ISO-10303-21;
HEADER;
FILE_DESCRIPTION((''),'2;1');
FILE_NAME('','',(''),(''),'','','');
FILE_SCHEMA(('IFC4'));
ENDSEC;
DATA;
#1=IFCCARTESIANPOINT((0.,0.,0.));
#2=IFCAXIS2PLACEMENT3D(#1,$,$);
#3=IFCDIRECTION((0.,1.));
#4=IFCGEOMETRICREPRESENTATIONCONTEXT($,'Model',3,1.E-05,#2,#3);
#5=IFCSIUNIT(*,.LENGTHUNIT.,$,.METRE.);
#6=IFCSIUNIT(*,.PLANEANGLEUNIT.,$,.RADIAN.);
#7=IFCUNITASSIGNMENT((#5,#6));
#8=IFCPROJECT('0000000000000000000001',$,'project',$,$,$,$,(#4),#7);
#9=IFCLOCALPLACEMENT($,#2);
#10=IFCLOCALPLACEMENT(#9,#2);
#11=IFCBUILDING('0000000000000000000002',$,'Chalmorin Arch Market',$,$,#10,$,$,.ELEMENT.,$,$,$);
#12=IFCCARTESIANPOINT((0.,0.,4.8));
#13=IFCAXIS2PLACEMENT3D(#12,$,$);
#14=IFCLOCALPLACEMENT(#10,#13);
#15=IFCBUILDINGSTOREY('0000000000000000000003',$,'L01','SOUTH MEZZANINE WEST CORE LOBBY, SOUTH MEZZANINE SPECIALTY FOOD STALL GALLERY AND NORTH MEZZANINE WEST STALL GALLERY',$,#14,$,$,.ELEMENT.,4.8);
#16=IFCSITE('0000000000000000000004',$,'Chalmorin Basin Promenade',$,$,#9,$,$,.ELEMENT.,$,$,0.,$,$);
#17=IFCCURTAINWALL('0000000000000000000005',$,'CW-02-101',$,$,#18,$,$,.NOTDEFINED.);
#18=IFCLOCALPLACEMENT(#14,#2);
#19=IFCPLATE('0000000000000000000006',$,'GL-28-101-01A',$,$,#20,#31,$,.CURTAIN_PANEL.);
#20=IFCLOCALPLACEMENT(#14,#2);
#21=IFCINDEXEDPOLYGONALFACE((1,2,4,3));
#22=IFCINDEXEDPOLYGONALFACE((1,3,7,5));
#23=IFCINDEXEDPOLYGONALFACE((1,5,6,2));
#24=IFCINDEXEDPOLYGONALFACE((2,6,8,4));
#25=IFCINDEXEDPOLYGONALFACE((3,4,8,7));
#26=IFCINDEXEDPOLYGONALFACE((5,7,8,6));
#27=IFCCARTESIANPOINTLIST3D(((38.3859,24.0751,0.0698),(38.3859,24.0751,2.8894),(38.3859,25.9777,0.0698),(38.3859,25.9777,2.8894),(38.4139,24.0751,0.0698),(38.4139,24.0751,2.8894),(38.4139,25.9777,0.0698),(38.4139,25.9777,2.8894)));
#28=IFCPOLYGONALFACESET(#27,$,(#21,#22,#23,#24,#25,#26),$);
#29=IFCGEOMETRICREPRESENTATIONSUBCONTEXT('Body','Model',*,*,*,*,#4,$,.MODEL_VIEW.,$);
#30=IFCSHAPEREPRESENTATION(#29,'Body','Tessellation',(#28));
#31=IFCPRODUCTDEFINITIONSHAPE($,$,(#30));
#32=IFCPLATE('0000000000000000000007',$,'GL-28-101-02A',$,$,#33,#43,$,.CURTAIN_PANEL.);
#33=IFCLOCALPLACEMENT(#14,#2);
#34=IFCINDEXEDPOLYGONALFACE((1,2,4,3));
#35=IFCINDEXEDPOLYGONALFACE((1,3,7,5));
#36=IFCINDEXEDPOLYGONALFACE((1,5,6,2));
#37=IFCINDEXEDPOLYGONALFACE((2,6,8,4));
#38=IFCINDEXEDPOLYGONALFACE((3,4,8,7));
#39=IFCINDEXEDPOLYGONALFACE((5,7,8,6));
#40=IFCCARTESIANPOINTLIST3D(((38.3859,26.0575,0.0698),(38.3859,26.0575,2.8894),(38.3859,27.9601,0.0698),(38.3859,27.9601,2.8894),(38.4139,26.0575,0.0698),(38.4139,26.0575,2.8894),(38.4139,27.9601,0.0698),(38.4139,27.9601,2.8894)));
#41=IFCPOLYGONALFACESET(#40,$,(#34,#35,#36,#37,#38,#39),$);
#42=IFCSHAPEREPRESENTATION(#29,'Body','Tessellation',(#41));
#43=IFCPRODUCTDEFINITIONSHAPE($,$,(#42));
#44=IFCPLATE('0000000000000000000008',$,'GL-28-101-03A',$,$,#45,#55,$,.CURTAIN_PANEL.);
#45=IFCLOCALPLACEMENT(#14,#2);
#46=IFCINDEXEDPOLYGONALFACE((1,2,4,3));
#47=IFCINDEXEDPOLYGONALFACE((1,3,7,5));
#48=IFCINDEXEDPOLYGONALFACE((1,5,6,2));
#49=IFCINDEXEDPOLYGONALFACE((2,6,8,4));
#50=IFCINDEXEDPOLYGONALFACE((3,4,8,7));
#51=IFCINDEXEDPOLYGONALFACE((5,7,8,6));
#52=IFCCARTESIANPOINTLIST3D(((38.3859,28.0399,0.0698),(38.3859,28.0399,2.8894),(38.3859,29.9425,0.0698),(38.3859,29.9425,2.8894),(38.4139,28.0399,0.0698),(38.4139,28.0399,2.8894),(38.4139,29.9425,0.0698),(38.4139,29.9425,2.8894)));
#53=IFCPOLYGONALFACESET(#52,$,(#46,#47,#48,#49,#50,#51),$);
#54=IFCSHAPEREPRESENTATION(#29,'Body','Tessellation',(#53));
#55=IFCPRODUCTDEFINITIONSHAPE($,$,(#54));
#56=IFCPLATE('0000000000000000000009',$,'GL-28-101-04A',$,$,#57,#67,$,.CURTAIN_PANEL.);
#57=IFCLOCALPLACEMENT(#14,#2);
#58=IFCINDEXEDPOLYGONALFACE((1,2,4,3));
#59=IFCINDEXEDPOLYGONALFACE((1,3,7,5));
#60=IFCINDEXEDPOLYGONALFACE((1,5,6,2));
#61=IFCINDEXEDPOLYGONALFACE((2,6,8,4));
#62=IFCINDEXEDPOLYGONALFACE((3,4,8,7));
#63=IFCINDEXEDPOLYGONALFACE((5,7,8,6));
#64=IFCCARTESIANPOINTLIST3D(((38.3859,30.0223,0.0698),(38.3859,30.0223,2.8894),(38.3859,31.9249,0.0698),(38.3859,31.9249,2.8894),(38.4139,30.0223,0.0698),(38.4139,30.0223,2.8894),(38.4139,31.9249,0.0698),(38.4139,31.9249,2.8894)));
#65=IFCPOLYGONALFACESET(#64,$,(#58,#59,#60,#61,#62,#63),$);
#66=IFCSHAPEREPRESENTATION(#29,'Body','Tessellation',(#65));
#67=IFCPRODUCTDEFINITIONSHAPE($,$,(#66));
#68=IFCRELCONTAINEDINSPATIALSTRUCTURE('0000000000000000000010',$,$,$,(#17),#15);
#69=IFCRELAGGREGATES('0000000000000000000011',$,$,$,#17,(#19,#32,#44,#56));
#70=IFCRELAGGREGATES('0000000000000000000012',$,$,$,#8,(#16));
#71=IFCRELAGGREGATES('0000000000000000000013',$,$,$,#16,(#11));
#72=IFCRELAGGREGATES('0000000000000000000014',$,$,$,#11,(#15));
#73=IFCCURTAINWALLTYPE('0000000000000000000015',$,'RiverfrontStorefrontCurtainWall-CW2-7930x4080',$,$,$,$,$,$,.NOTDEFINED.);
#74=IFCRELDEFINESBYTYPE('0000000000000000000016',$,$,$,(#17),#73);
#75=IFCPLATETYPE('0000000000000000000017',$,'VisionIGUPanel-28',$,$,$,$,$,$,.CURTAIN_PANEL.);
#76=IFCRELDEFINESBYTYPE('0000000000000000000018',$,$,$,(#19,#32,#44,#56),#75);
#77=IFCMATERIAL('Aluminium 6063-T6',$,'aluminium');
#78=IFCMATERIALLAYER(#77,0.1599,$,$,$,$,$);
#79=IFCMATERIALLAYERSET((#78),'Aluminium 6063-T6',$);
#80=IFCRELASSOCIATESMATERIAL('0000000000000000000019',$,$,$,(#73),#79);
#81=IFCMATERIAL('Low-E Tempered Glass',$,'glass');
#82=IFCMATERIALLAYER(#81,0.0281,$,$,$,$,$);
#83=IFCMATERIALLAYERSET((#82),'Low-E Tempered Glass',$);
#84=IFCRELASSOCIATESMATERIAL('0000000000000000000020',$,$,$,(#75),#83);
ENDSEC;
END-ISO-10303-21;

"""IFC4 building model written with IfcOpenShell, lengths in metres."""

from ifc_helpers import new_model, si_unit, direction, frame, origin, origin_2d, place, context, subcontext, project, spatial, rectangle, extrude, material, layer, layer_set, type_object, element, aggregate, save


model = new_model("IFC4")

# Units and contexts
model_context = context("Model", 3, precision=1e-05, world=origin(), true_north=direction((0.0, 1.0)))
body_context = subcontext(model_context, "Body", "Model", "MODEL_VIEW")
ifc_project = project(units=[si_unit("LENGTHUNIT", "METRE"), si_unit("PLANEANGLEUNIT", "RADIAN")], contexts=[model_context])

# Site, building, storey
site_placement = place(None, origin())
site = spatial("IfcSite", under=ifc_project, at=site_placement, Name="Chalmorin Basin Promenade", CompositionType="ELEMENT", RefElevation=0.0)
building_placement = place(site_placement, origin())
building = spatial("IfcBuilding", under=site, at=building_placement, Name="Chalmorin Arch Market", CompositionType="ELEMENT")
storey_placement = place(building_placement, frame((0.0, 0.0, 4.8)))
storey = spatial("IfcBuildingStorey", under=building, at=storey_placement, Name="L01", Description="SOUTH MEZZANINE WEST CORE LOBBY, SOUTH MEZZANINE SPECIALTY FOOD STALL GALLERY AND NORTH MEZZANINE WEST STALL GALLERY", CompositionType="ELEMENT", Elevation=4.8)

# Curtain wall
ifc_material_1 = material(Name="Aluminium 6063-T6", Category="aluminium")
ifc_layer_1 = layer(ifc_material_1, 0.1599)
ifc_layer_set_1 = layer_set([ifc_layer_1], Name="Aluminium 6063-T6")
curtain_wall_type_1 = type_object("IfcCurtainWallType", Name="RiverfrontStorefrontCurtainWall-CW2-7930x4080", PredefinedType="NOTDEFINED", material=ifc_layer_set_1)
curtain_wall_1_placement = place(storey_placement, origin())
curtain_wall_1 = element("IfcCurtainWall", 1, at=curtain_wall_1_placement, inside=storey, type_object=curtain_wall_type_1, Name="CW-02-101", PredefinedType="NOTDEFINED")

# Plates
ifc_material_2 = material(Name="Low-E Tempered Glass", Category="glass")
ifc_layer_2 = layer(ifc_material_2, 0.0281)
ifc_layer_set_2 = layer_set([ifc_layer_2], Name="Low-E Tempered Glass")
plate_type_1 = type_object("IfcPlateType", Name="VisionIGUPanel-28", PredefinedType="CURTAIN_PANEL", material=ifc_layer_set_2)
plate_1_placement = place(storey_placement, frame((38.3999, 25.0264, 0.0698), z_axis=(0.0, 0.0, 1.0), x_axis=(0.0, 1.0, 0.0)))
plate_1 = element("IfcPlate", 2, at=plate_1_placement, type_object=plate_type_1, Name="GL-28-101-01A", PredefinedType="CURTAIN_PANEL", context=body_context, shape_type="SweptSolid", body=[
    extrude(rectangle(XDim=1.9026, YDim=0.0281, at=origin_2d()), origin(), (0.0, 0.0, 1.0), 2.8196),
])
plate_2_placement = place(storey_placement, frame((38.3999, 27.0088, 0.0698), z_axis=(0.0, 0.0, 1.0), x_axis=(0.0, 1.0, 0.0)))
plate_2 = element("IfcPlate", 3, at=plate_2_placement, type_object=plate_type_1, Name="GL-28-101-02A", PredefinedType="CURTAIN_PANEL", context=body_context, shape_type="SweptSolid", body=[
    extrude(rectangle(XDim=1.9026, YDim=0.0281, at=origin_2d()), origin(), (0.0, 0.0, 1.0), 2.8196),
])
plate_3_placement = place(storey_placement, frame((38.3999, 28.9912, 0.0698), z_axis=(0.0, 0.0, 1.0), x_axis=(0.0, 1.0, 0.0)))
plate_3 = element("IfcPlate", 4, at=plate_3_placement, type_object=plate_type_1, Name="GL-28-101-03A", PredefinedType="CURTAIN_PANEL", context=body_context, shape_type="SweptSolid", body=[
    extrude(rectangle(XDim=1.9026, YDim=0.0281, at=origin_2d()), origin(), (0.0, 0.0, 1.0), 2.8196),
])
plate_4_placement = place(storey_placement, frame((38.3999, 30.9736, 0.0698), z_axis=(0.0, 0.0, 1.0), x_axis=(0.0, 1.0, 0.0)))
plate_4 = element("IfcPlate", 5, at=plate_4_placement, type_object=plate_type_1, Name="GL-28-101-04A", PredefinedType="CURTAIN_PANEL", context=body_context, shape_type="SweptSolid", body=[
    extrude(rectangle(XDim=1.9026, YDim=0.0281, at=origin_2d()), origin(), (0.0, 0.0, 1.0), 2.8196),
])
aggregate(curtain_wall_1, [plate_1, plate_2, plate_3, plate_4])

save(model, "model.ifc")
